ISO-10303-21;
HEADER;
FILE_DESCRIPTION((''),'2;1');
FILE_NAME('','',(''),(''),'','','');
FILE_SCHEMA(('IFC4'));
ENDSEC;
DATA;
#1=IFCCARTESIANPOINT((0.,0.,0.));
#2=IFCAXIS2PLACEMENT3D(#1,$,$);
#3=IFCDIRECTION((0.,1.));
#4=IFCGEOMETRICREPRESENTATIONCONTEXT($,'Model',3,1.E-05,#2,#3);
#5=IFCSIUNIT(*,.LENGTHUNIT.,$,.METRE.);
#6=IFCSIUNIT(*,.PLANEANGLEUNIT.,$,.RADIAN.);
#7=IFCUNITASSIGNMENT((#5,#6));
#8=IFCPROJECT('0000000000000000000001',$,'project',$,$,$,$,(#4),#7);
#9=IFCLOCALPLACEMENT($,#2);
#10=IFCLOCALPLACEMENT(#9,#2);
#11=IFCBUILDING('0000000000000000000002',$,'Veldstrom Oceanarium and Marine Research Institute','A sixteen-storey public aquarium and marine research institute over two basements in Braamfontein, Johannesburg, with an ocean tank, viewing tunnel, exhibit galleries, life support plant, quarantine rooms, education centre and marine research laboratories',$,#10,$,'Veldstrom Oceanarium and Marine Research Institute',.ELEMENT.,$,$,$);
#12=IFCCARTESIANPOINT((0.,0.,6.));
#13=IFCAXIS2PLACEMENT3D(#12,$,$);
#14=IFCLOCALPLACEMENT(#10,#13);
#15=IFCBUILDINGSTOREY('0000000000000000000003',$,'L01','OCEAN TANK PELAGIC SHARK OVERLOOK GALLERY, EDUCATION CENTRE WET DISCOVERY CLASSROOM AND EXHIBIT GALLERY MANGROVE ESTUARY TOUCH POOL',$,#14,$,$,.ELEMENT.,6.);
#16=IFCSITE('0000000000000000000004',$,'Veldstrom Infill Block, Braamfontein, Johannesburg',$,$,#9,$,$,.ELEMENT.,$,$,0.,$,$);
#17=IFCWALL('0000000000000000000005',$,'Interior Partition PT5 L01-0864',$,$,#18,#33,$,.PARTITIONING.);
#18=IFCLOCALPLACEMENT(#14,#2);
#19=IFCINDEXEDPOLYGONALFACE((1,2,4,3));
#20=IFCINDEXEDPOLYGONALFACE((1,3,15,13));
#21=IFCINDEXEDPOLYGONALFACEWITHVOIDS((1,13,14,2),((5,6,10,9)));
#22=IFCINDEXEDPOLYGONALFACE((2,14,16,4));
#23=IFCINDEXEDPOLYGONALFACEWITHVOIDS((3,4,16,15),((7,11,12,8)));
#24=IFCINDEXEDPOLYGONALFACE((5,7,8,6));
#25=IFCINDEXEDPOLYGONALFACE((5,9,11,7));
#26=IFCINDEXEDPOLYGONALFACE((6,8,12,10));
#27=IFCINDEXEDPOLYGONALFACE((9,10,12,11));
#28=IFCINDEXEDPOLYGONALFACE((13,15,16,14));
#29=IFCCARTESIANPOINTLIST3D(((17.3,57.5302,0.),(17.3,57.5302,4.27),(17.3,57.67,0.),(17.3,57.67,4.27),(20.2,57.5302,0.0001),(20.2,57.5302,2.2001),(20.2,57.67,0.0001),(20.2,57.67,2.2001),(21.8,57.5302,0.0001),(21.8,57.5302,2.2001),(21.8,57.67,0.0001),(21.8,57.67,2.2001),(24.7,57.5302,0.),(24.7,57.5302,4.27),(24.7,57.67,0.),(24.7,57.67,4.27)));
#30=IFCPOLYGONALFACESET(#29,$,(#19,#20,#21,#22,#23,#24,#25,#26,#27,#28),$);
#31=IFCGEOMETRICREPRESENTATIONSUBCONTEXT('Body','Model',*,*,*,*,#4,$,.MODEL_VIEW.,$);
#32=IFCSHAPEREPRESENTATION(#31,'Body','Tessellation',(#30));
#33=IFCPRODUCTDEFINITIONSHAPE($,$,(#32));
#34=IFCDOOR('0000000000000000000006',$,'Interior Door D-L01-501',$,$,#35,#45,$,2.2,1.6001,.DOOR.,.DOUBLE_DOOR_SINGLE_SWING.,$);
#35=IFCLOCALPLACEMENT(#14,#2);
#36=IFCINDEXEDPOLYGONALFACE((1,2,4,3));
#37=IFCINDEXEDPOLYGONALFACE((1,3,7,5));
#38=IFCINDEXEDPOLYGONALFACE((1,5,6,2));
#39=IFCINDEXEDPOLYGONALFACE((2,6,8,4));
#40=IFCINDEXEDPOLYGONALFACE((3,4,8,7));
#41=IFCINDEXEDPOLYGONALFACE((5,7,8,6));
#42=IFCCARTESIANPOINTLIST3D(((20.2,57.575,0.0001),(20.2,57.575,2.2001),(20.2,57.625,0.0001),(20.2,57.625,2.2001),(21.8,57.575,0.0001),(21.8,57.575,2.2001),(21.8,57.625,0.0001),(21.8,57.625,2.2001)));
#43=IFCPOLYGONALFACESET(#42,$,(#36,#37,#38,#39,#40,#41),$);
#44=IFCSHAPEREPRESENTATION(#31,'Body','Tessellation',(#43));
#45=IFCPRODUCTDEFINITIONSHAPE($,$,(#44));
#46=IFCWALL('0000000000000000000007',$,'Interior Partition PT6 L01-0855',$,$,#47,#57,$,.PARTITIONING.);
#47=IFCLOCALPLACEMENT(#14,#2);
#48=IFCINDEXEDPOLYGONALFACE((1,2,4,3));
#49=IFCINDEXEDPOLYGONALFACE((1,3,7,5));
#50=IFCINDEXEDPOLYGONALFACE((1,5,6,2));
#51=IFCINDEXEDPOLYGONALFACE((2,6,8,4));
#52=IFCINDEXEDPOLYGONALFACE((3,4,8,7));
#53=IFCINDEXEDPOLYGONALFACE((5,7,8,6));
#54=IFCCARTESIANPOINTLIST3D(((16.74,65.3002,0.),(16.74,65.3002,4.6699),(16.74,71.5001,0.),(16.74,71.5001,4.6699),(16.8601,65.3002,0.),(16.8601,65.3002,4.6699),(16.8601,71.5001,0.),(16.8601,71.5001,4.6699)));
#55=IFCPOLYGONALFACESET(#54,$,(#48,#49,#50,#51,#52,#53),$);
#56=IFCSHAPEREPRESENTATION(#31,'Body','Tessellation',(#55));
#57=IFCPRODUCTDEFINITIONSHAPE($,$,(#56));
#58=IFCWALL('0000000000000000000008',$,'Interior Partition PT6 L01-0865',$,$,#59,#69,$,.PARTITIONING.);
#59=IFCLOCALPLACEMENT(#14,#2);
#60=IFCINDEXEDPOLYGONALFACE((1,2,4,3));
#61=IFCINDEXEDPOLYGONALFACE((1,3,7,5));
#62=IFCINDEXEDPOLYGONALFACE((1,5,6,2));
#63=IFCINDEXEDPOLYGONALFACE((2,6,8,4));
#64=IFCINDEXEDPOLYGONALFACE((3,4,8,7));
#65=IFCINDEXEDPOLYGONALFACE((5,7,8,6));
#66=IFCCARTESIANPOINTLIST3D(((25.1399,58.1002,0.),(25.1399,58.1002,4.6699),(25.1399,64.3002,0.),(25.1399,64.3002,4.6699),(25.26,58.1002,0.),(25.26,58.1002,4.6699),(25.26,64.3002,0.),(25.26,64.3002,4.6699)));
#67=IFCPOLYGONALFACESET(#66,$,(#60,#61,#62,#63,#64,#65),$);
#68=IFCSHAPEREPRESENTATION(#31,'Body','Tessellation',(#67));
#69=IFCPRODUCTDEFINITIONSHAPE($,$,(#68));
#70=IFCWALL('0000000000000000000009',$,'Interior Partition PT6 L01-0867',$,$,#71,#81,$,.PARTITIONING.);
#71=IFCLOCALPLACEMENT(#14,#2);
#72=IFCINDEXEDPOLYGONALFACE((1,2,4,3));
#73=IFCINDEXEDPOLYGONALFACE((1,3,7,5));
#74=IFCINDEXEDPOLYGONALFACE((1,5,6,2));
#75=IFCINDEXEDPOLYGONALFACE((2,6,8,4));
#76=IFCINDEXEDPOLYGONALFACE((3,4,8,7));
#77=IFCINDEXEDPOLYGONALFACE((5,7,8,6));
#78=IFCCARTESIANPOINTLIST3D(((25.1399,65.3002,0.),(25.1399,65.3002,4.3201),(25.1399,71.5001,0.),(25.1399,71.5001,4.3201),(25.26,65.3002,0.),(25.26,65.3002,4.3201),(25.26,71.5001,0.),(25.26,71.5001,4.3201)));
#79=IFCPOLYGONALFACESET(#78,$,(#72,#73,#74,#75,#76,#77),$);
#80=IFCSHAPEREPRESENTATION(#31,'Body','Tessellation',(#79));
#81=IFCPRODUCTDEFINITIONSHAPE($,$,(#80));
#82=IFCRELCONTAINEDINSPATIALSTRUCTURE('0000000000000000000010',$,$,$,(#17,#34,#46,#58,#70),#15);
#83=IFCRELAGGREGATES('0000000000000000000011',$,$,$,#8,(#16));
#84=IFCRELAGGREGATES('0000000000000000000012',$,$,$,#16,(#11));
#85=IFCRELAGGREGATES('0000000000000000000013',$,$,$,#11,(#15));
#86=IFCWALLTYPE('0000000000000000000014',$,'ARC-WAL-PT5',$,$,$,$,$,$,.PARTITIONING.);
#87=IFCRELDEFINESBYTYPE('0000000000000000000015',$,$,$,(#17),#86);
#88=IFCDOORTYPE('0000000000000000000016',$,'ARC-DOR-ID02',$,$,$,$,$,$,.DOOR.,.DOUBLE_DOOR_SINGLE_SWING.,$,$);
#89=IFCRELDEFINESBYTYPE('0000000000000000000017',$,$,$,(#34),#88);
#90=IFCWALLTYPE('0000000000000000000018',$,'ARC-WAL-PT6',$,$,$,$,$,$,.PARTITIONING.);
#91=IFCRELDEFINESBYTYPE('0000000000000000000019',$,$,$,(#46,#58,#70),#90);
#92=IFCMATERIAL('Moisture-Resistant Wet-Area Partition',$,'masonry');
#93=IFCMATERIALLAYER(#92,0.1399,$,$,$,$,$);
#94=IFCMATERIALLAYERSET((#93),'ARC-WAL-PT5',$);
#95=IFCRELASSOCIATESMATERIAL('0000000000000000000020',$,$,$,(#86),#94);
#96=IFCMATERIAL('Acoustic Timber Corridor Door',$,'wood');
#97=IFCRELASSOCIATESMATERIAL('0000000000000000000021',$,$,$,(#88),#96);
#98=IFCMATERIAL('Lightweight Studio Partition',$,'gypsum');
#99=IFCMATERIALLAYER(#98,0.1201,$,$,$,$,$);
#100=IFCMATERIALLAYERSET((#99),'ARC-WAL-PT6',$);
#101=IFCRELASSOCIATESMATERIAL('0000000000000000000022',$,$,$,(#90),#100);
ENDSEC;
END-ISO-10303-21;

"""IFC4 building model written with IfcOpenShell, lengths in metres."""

from ifc_helpers import new_model, si_unit, direction, frame, frame_2d, origin, place, context, subcontext, project, spatial, rectangle, extrude, material, layer, layer_set, type_object, element, fill, save


model = new_model("IFC4")

# Units and contexts
model_context = context("Model", 3, precision=1e-05, world=origin(), true_north=direction((0.0, 1.0)))
body_context = subcontext(model_context, "Body", "Model", "MODEL_VIEW")
ifc_project = project(units=[si_unit("LENGTHUNIT", "METRE"), si_unit("PLANEANGLEUNIT", "RADIAN")], contexts=[model_context])

# Site, building, storey
site_placement = place(None, origin())
site = spatial("IfcSite", under=ifc_project, at=site_placement, Name="Veldstrom Infill Block, Braamfontein, Johannesburg", CompositionType="ELEMENT", RefElevation=0.0)
building_placement = place(site_placement, origin())
building = spatial("IfcBuilding", under=site, at=building_placement, Name="Veldstrom Oceanarium and Marine Research Institute", Description="A sixteen-storey public aquarium and marine research institute over two basements in Braamfontein, Johannesburg, with an ocean tank, viewing tunnel, exhibit galleries, life support plant, quarantine rooms, education centre and marine research laboratories", LongName="Veldstrom Oceanarium and Marine Research Institute", CompositionType="ELEMENT")
storey_placement = place(building_placement, frame((0.0, 0.0, 6.0)))
storey = spatial("IfcBuildingStorey", under=building, at=storey_placement, Name="L01", Description="OCEAN TANK PELAGIC SHARK OVERLOOK GALLERY, EDUCATION CENTRE WET DISCOVERY CLASSROOM AND EXHIBIT GALLERY MANGROVE ESTUARY TOUCH POOL", CompositionType="ELEMENT", Elevation=6.0)

# Wall, opening, door
ifc_material_1 = material(Name="Moisture-Resistant Wet-Area Partition", Category="masonry")
ifc_layer_1 = layer(ifc_material_1, 0.1399)
ifc_layer_set_1 = layer_set([ifc_layer_1], Name="ARC-WAL-PT5")
wall_type_1 = type_object("IfcWallType", Name="ARC-WAL-PT5", PredefinedType="PARTITIONING", material=ifc_layer_set_1)
wall_1_placement = place(storey_placement, frame((17.3, 57.6001, 0.0), z_axis=(0.0, 0.0, 1.0), x_axis=(1.0, 0.0, 0.0)))
wall_1 = element("IfcWall", 1, at=wall_1_placement, inside=storey, type_object=wall_type_1, Name="Interior Partition PT5 L01-0864", PredefinedType="PARTITIONING", context=body_context, shape_type="SweptSolid", body=[
    extrude(rectangle(XDim=7.3999, YDim=0.1399, at=frame_2d((3.7, 0.0))), origin(), (0.0, 0.0, 1.0), 4.27),
])
opening_1_placement = place(wall_1_placement, frame((2.8999, 0.0, 0.0)))
opening_1 = element("IfcOpeningElement", 2, at=opening_1_placement, cuts=wall_1, PredefinedType="OPENING", context=body_context, shape_type="SweptSolid", body=[
    extrude(rectangle(XDim=1.6001, YDim=2.2, at=frame_2d((0.8, 1.1001))), frame((0.0, 0.0798, 0.0), z_axis=(0.0, -1.0, 0.0), x_axis=(1.0, 0.0, 0.0)), (0.0, 0.0, 1.0), 0.1599),
])
ifc_material_2 = material(Name="Acoustic Timber Corridor Door", Category="wood")
door_type_1 = type_object("IfcDoorType", Name="ARC-DOR-ID02", OperationType="DOUBLE_DOOR_SINGLE_SWING", PredefinedType="DOOR", material=ifc_material_2)
door_1_placement = place(opening_1_placement, origin())
door_1 = element("IfcDoor", 3, at=door_1_placement, inside=storey, type_object=door_type_1, Name="Interior Door D-L01-501", OperationType="DOUBLE_DOOR_SINGLE_SWING", OverallHeight=2.2, OverallWidth=1.6001, PredefinedType="DOOR", context=body_context, shape_type="SweptSolid", body=[
    extrude(rectangle(XDim=1.6001, YDim=2.2, at=frame_2d((0.8, 1.1001))), frame((0.0, 0.0249, 0.0), z_axis=(0.0, -1.0, 0.0), x_axis=(1.0, 0.0, 0.0)), (0.0, 0.0, 1.0), 0.05),
])
fill(opening_1, door_1)

# Walls
ifc_material_3 = material(Name="Lightweight Studio Partition", Category="gypsum")
ifc_layer_2 = layer(ifc_material_3, 0.1201)
ifc_layer_set_2 = layer_set([ifc_layer_2], Name="ARC-WAL-PT6")
wall_type_2 = type_object("IfcWallType", Name="ARC-WAL-PT6", PredefinedType="PARTITIONING", material=ifc_layer_set_2)
for number, where, z_axis, x_axis, name in (
    (4, (16.8, 65.3, 0.0), (0.0, 0.0, 1.0), (0.0, 1.0, 0.0), "Interior Partition PT6 L01-0855"),
    (5, (25.2, 58.1001, 0.0), (0.0, 0.0, 1.0), (0.0, 1.0, 0.0), "Interior Partition PT6 L01-0865"),
):
    element("IfcWall", number, at=place(storey_placement, frame(where, z_axis=z_axis, x_axis=x_axis)), inside=storey, type_object=wall_type_2, Name=name, PredefinedType="PARTITIONING", context=body_context, shape_type="SweptSolid", body=[
        extrude(rectangle(XDim=6.2, YDim=0.1201, at=frame_2d((3.1001, 0.0))), origin(), (0.0, 0.0, 1.0), 4.6699),
    ])
wall_2_placement = place(storey_placement, frame((25.2, 65.3, 0.0), z_axis=(0.0, 0.0, 1.0), x_axis=(0.0, 1.0, 0.0)))
element("IfcWall", 6, at=wall_2_placement, inside=storey, type_object=wall_type_2, Name="Interior Partition PT6 L01-0867", PredefinedType="PARTITIONING", context=body_context, shape_type="SweptSolid", body=[
    extrude(rectangle(XDim=6.2, YDim=0.1201, at=frame_2d((3.1001, 0.0))), origin(), (0.0, 0.0, 1.0), 4.3201),
])

save(model, "model.ifc")
